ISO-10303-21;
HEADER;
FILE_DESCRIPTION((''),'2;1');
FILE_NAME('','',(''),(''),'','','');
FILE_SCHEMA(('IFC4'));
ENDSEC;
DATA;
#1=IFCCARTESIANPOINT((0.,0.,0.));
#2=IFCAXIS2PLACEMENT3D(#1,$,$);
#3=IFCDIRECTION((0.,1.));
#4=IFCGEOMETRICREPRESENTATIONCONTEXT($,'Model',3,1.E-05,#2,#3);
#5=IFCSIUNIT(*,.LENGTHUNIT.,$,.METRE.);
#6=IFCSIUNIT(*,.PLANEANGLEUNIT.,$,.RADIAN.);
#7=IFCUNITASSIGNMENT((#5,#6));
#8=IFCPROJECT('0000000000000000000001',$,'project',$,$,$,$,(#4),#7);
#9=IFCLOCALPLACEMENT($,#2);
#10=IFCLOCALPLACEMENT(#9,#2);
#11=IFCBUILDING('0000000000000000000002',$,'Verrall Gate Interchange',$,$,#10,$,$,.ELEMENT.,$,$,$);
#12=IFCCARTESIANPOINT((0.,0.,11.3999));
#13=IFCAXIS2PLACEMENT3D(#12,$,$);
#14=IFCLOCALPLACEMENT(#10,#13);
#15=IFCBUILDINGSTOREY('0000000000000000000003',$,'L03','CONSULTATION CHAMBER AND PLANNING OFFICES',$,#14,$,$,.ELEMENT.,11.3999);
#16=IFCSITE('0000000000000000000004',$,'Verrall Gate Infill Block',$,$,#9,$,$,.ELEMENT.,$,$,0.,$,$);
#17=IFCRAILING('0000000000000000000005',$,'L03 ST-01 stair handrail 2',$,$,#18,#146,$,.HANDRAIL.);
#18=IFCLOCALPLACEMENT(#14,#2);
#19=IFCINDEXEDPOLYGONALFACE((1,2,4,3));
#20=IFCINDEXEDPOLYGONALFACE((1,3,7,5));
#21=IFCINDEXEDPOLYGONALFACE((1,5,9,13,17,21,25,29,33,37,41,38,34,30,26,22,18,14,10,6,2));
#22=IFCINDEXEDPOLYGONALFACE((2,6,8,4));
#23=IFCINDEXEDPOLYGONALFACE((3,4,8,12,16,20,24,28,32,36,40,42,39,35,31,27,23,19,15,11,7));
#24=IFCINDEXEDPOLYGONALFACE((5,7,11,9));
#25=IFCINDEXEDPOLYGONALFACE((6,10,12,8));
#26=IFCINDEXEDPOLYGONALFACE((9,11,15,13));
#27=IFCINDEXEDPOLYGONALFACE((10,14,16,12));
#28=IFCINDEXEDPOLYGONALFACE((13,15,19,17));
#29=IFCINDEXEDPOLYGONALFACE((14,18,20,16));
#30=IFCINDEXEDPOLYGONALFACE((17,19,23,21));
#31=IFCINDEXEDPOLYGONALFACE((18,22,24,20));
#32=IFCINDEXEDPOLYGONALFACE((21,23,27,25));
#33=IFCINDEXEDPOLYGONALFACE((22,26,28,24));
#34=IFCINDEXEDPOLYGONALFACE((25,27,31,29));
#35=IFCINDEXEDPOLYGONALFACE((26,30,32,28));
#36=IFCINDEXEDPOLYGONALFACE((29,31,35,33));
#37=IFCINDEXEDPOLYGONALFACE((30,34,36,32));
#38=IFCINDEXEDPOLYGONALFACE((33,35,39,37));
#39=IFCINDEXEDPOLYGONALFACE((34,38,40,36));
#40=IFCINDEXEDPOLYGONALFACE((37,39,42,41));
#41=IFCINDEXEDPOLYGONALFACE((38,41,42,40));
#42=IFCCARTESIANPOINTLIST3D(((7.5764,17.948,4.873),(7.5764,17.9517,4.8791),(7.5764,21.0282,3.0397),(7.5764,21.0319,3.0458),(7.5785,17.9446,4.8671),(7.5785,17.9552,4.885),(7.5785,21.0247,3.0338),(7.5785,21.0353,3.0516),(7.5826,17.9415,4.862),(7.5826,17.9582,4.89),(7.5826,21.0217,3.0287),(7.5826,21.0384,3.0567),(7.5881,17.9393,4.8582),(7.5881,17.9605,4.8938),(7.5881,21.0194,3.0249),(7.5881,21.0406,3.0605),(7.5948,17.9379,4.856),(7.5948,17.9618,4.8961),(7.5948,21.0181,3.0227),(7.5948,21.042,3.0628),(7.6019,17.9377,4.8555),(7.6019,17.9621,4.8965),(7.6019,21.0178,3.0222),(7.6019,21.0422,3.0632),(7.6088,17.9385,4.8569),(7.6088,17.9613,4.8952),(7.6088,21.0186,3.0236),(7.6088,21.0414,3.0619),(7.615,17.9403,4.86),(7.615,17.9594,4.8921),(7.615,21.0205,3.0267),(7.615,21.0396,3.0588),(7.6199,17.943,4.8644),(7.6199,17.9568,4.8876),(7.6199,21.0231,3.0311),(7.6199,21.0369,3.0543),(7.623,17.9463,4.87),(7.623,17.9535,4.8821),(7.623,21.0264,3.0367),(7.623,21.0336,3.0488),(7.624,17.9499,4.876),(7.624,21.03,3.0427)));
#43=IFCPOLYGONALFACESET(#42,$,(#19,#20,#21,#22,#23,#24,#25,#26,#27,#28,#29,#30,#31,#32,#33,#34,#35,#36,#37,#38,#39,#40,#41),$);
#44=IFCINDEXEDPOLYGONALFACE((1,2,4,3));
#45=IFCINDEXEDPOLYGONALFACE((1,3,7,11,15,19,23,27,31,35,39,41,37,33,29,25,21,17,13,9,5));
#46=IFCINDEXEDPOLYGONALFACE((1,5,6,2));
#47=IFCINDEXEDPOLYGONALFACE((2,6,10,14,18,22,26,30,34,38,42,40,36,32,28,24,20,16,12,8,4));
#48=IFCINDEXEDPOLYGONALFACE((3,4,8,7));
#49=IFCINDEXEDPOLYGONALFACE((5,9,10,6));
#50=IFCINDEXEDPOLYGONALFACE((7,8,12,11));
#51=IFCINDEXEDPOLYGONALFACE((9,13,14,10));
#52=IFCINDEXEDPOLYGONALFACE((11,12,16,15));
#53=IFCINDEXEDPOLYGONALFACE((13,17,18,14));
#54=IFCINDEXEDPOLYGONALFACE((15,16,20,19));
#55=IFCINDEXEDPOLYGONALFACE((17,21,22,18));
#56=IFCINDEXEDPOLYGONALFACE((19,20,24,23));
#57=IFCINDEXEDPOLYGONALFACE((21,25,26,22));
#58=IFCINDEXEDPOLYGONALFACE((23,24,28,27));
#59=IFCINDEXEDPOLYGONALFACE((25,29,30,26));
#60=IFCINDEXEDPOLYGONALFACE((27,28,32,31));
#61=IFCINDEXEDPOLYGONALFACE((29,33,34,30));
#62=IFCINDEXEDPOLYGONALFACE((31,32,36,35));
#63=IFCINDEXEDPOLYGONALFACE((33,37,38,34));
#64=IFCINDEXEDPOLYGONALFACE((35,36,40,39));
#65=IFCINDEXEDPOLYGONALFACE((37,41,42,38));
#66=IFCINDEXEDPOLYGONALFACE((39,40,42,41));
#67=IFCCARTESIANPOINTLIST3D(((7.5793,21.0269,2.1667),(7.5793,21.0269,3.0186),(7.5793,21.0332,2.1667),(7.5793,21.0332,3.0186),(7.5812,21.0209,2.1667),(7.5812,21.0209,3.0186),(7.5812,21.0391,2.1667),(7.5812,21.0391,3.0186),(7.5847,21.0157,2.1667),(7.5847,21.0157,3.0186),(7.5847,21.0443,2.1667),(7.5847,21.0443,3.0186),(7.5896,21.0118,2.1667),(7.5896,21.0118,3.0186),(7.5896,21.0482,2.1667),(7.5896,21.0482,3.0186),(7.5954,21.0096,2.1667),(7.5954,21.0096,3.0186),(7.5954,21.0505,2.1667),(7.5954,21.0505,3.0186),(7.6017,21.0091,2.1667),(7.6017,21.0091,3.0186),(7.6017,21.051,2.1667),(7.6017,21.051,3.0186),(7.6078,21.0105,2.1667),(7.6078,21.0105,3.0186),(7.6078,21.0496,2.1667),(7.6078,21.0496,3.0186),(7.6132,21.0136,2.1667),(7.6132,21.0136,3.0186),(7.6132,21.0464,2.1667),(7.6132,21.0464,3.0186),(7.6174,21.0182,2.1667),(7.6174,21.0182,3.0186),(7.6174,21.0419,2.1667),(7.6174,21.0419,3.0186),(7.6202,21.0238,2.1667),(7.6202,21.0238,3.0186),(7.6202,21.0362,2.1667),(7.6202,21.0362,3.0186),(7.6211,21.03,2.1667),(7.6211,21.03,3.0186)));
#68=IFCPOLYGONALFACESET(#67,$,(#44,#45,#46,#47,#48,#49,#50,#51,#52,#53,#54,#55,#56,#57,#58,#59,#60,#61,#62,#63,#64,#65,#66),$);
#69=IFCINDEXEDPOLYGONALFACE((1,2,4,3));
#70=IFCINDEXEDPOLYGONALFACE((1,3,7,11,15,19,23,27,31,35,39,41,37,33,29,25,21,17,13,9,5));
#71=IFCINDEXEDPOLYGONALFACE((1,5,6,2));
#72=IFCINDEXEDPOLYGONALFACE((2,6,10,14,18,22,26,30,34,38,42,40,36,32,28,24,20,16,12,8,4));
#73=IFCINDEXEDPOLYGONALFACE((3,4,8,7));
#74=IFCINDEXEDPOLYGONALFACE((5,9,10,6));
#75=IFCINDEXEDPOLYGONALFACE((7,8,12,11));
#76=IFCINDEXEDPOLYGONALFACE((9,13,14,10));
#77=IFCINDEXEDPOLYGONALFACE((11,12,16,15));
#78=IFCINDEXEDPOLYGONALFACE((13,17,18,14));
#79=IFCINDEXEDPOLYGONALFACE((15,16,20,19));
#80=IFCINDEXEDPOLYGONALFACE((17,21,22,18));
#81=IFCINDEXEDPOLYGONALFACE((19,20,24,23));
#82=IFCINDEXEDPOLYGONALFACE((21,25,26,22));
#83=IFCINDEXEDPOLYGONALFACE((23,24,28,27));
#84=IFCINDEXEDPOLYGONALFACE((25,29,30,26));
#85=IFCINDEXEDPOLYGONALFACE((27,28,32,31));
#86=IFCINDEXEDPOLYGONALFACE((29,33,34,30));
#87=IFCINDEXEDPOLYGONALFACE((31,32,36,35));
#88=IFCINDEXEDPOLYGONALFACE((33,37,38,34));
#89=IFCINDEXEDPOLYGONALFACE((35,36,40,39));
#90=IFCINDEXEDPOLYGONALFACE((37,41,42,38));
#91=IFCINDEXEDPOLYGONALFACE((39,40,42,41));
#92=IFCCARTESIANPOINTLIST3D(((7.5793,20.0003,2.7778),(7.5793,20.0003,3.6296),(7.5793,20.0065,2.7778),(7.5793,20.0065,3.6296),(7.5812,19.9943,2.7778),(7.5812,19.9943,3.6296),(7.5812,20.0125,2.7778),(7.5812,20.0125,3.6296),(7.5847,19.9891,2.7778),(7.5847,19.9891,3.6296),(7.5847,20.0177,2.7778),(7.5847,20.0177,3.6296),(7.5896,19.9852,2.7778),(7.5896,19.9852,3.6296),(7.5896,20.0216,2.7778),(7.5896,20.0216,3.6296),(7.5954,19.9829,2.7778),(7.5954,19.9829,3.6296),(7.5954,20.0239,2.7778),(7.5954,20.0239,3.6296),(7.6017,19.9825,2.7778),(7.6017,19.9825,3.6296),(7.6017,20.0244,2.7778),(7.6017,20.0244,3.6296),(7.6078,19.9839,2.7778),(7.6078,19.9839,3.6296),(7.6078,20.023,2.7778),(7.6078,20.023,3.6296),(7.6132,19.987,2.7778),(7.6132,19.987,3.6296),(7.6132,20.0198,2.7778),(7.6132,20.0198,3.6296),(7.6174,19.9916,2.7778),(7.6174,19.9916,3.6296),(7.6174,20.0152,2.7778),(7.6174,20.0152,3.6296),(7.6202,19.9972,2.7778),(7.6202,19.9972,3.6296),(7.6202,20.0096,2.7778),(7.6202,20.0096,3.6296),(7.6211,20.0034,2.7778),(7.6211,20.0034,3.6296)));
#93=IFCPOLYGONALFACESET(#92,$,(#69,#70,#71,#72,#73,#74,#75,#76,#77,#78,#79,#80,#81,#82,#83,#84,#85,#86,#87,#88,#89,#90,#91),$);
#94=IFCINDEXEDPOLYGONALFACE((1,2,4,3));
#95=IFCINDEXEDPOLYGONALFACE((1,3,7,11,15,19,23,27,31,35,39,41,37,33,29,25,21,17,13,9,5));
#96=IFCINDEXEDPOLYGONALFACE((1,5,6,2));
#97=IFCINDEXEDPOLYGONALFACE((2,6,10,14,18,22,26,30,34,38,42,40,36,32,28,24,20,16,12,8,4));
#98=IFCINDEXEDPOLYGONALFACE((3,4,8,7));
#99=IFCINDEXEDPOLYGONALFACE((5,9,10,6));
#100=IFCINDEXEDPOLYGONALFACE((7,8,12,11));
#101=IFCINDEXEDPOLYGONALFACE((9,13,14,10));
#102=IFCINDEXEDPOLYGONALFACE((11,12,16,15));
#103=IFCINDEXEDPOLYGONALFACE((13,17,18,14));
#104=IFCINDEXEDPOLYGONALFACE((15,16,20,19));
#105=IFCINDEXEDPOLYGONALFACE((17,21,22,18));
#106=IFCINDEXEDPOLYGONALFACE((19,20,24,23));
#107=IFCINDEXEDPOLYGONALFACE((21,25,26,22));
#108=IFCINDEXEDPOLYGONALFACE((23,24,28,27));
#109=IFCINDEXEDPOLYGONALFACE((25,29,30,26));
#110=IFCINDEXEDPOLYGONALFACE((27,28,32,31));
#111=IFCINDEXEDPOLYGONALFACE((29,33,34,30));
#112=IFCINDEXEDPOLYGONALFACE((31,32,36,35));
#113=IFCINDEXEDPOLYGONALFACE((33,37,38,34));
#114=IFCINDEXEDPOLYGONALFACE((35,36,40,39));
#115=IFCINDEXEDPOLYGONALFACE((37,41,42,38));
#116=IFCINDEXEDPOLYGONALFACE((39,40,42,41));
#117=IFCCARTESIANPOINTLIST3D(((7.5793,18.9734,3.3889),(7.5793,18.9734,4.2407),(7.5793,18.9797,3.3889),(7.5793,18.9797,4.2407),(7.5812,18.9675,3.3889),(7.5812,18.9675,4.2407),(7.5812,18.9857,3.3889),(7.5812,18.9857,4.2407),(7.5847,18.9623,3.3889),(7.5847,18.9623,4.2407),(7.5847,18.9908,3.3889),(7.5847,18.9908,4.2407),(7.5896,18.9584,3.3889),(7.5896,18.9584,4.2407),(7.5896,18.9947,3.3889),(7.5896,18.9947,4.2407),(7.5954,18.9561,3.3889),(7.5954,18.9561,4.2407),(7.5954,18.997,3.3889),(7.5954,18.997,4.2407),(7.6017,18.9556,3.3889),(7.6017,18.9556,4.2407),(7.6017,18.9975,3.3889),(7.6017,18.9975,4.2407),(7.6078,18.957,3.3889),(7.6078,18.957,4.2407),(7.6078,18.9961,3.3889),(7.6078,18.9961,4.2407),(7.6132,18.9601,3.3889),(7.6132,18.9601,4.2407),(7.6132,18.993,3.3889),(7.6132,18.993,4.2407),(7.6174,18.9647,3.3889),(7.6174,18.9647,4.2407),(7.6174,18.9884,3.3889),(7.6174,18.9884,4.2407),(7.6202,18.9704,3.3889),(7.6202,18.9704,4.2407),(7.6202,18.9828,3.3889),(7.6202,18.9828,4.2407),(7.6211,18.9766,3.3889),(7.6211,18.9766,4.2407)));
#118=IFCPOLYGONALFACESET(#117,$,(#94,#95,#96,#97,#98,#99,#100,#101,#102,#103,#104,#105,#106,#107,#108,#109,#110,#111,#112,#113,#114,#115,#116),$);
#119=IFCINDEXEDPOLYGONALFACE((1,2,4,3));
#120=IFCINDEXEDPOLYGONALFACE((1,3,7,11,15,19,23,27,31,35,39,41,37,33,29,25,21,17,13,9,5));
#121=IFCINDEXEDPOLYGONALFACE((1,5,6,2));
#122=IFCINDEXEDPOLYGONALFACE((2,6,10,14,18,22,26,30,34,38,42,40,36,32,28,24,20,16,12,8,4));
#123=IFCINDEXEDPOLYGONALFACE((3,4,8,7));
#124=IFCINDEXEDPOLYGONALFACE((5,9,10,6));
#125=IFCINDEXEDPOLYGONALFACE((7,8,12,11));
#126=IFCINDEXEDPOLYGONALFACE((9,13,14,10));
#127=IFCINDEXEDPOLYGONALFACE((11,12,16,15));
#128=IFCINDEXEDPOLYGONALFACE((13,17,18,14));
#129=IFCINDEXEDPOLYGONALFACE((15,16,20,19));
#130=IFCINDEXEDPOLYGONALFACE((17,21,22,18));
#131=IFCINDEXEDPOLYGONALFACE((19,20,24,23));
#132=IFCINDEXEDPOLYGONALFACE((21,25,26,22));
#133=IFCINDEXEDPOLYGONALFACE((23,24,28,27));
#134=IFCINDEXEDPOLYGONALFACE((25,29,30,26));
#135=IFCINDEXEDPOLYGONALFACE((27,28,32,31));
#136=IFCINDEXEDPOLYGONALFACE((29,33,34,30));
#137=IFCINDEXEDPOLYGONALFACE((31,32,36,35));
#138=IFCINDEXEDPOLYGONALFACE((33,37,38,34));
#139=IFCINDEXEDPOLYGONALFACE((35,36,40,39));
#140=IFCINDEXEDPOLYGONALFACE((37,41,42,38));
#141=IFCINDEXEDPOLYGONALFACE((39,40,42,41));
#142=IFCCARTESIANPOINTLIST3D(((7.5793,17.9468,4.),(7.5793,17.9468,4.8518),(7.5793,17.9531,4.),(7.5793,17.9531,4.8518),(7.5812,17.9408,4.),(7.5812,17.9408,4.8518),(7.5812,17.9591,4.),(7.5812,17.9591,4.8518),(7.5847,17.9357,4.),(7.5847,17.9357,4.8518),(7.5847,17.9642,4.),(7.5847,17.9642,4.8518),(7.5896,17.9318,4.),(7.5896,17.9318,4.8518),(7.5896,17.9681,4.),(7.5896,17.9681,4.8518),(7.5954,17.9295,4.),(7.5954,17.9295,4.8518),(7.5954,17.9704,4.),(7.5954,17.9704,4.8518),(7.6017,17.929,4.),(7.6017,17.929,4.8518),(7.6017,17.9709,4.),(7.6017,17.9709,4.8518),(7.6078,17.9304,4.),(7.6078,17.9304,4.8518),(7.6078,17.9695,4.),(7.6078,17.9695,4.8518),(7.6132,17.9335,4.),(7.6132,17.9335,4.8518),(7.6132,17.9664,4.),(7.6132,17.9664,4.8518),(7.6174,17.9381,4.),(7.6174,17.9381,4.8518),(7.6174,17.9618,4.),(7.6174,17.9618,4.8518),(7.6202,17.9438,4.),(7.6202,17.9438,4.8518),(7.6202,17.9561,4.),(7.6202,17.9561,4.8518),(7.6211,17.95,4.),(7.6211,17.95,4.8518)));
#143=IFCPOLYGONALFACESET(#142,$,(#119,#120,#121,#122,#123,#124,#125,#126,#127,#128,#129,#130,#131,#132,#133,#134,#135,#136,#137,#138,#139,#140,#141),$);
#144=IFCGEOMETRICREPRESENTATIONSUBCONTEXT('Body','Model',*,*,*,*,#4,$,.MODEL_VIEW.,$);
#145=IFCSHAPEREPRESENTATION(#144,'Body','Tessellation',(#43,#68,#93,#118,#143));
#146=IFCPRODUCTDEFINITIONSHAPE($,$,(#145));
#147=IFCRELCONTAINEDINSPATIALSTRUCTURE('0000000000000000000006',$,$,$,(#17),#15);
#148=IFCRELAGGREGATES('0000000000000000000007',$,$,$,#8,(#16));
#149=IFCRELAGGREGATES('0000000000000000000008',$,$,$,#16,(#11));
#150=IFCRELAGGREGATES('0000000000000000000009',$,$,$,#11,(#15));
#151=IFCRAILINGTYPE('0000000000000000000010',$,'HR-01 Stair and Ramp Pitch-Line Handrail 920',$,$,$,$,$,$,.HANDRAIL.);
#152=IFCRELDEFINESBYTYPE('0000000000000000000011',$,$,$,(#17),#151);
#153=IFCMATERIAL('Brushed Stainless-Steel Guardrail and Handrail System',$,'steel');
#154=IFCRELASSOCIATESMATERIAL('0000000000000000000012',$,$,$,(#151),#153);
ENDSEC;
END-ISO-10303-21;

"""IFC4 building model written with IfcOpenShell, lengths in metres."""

from ifc_helpers import new_model, si_unit, direction, frame, origin, origin_2d, place, context, subcontext, project, spatial, circle, extrude, material, type_object, element, save


model = new_model("IFC4")

# Units and contexts
model_context = context("Model", 3, precision=1e-05, world=origin(), true_north=direction((0.0, 1.0)))
body_context = subcontext(model_context, "Body", "Model", "MODEL_VIEW")
ifc_project = project(units=[si_unit("LENGTHUNIT", "METRE"), si_unit("PLANEANGLEUNIT", "RADIAN")], contexts=[model_context])

# Site, building, storey
site_placement = place(None, origin())
site = spatial("IfcSite", under=ifc_project, at=site_placement, Name="Verrall Gate Infill Block", CompositionType="ELEMENT", RefElevation=0.0)
building_placement = place(site_placement, origin())
building = spatial("IfcBuilding", under=site, at=building_placement, Name="Verrall Gate Interchange", CompositionType="ELEMENT")
storey_placement = place(building_placement, frame((0.0, 0.0, 11.3999)))
storey = spatial("IfcBuildingStorey", under=building, at=storey_placement, Name="L03", Description="CONSULTATION CHAMBER AND PLANNING OFFICES", CompositionType="ELEMENT", Elevation=11.3999)

# Railing
ifc_material_1 = material(Name="Brushed Stainless-Steel Guardrail and Handrail System", Category="steel")
railing_type_1 = type_object("IfcRailingType", Name="HR-01 Stair and Ramp Pitch-Line Handrail 920", PredefinedType="HANDRAIL", material=ifc_material_1)
railing_1_placement = place(storey_placement, frame((7.6001, 21.03, 2.1667)))
element("IfcRailing", 1, at=railing_1_placement, inside=storey, type_object=railing_type_1, Name="L03 ST-01 stair handrail 2", PredefinedType="HANDRAIL", context=body_context, shape_type="SweptSolid", body=[
    extrude(circle(Radius=0.0239, at=origin_2d()), frame((0.0, 0.0, 0.876), z_axis=(0.0, -0.859309, 0.511458), x_axis=(1.0, 0.0, 0.0)), (0.0, 0.0, 1.0), 3.5845),
    extrude(circle(Radius=0.021, at=origin_2d()), origin(), (0.0, 0.0, 1.0), 0.8518),
    extrude(circle(Radius=0.021, at=origin_2d()), frame((0.0, -1.0266, 0.6111)), (0.0, 0.0, 1.0), 0.8518),
    extrude(circle(Radius=0.021, at=origin_2d()), frame((0.0, -2.0535, 1.2222)), (0.0, 0.0, 1.0), 0.8518),
    extrude(circle(Radius=0.021, at=origin_2d()), frame((0.0, -3.0801, 1.8333)), (0.0, 0.0, 1.0), 0.8518),
])

save(model, "model.ifc")
